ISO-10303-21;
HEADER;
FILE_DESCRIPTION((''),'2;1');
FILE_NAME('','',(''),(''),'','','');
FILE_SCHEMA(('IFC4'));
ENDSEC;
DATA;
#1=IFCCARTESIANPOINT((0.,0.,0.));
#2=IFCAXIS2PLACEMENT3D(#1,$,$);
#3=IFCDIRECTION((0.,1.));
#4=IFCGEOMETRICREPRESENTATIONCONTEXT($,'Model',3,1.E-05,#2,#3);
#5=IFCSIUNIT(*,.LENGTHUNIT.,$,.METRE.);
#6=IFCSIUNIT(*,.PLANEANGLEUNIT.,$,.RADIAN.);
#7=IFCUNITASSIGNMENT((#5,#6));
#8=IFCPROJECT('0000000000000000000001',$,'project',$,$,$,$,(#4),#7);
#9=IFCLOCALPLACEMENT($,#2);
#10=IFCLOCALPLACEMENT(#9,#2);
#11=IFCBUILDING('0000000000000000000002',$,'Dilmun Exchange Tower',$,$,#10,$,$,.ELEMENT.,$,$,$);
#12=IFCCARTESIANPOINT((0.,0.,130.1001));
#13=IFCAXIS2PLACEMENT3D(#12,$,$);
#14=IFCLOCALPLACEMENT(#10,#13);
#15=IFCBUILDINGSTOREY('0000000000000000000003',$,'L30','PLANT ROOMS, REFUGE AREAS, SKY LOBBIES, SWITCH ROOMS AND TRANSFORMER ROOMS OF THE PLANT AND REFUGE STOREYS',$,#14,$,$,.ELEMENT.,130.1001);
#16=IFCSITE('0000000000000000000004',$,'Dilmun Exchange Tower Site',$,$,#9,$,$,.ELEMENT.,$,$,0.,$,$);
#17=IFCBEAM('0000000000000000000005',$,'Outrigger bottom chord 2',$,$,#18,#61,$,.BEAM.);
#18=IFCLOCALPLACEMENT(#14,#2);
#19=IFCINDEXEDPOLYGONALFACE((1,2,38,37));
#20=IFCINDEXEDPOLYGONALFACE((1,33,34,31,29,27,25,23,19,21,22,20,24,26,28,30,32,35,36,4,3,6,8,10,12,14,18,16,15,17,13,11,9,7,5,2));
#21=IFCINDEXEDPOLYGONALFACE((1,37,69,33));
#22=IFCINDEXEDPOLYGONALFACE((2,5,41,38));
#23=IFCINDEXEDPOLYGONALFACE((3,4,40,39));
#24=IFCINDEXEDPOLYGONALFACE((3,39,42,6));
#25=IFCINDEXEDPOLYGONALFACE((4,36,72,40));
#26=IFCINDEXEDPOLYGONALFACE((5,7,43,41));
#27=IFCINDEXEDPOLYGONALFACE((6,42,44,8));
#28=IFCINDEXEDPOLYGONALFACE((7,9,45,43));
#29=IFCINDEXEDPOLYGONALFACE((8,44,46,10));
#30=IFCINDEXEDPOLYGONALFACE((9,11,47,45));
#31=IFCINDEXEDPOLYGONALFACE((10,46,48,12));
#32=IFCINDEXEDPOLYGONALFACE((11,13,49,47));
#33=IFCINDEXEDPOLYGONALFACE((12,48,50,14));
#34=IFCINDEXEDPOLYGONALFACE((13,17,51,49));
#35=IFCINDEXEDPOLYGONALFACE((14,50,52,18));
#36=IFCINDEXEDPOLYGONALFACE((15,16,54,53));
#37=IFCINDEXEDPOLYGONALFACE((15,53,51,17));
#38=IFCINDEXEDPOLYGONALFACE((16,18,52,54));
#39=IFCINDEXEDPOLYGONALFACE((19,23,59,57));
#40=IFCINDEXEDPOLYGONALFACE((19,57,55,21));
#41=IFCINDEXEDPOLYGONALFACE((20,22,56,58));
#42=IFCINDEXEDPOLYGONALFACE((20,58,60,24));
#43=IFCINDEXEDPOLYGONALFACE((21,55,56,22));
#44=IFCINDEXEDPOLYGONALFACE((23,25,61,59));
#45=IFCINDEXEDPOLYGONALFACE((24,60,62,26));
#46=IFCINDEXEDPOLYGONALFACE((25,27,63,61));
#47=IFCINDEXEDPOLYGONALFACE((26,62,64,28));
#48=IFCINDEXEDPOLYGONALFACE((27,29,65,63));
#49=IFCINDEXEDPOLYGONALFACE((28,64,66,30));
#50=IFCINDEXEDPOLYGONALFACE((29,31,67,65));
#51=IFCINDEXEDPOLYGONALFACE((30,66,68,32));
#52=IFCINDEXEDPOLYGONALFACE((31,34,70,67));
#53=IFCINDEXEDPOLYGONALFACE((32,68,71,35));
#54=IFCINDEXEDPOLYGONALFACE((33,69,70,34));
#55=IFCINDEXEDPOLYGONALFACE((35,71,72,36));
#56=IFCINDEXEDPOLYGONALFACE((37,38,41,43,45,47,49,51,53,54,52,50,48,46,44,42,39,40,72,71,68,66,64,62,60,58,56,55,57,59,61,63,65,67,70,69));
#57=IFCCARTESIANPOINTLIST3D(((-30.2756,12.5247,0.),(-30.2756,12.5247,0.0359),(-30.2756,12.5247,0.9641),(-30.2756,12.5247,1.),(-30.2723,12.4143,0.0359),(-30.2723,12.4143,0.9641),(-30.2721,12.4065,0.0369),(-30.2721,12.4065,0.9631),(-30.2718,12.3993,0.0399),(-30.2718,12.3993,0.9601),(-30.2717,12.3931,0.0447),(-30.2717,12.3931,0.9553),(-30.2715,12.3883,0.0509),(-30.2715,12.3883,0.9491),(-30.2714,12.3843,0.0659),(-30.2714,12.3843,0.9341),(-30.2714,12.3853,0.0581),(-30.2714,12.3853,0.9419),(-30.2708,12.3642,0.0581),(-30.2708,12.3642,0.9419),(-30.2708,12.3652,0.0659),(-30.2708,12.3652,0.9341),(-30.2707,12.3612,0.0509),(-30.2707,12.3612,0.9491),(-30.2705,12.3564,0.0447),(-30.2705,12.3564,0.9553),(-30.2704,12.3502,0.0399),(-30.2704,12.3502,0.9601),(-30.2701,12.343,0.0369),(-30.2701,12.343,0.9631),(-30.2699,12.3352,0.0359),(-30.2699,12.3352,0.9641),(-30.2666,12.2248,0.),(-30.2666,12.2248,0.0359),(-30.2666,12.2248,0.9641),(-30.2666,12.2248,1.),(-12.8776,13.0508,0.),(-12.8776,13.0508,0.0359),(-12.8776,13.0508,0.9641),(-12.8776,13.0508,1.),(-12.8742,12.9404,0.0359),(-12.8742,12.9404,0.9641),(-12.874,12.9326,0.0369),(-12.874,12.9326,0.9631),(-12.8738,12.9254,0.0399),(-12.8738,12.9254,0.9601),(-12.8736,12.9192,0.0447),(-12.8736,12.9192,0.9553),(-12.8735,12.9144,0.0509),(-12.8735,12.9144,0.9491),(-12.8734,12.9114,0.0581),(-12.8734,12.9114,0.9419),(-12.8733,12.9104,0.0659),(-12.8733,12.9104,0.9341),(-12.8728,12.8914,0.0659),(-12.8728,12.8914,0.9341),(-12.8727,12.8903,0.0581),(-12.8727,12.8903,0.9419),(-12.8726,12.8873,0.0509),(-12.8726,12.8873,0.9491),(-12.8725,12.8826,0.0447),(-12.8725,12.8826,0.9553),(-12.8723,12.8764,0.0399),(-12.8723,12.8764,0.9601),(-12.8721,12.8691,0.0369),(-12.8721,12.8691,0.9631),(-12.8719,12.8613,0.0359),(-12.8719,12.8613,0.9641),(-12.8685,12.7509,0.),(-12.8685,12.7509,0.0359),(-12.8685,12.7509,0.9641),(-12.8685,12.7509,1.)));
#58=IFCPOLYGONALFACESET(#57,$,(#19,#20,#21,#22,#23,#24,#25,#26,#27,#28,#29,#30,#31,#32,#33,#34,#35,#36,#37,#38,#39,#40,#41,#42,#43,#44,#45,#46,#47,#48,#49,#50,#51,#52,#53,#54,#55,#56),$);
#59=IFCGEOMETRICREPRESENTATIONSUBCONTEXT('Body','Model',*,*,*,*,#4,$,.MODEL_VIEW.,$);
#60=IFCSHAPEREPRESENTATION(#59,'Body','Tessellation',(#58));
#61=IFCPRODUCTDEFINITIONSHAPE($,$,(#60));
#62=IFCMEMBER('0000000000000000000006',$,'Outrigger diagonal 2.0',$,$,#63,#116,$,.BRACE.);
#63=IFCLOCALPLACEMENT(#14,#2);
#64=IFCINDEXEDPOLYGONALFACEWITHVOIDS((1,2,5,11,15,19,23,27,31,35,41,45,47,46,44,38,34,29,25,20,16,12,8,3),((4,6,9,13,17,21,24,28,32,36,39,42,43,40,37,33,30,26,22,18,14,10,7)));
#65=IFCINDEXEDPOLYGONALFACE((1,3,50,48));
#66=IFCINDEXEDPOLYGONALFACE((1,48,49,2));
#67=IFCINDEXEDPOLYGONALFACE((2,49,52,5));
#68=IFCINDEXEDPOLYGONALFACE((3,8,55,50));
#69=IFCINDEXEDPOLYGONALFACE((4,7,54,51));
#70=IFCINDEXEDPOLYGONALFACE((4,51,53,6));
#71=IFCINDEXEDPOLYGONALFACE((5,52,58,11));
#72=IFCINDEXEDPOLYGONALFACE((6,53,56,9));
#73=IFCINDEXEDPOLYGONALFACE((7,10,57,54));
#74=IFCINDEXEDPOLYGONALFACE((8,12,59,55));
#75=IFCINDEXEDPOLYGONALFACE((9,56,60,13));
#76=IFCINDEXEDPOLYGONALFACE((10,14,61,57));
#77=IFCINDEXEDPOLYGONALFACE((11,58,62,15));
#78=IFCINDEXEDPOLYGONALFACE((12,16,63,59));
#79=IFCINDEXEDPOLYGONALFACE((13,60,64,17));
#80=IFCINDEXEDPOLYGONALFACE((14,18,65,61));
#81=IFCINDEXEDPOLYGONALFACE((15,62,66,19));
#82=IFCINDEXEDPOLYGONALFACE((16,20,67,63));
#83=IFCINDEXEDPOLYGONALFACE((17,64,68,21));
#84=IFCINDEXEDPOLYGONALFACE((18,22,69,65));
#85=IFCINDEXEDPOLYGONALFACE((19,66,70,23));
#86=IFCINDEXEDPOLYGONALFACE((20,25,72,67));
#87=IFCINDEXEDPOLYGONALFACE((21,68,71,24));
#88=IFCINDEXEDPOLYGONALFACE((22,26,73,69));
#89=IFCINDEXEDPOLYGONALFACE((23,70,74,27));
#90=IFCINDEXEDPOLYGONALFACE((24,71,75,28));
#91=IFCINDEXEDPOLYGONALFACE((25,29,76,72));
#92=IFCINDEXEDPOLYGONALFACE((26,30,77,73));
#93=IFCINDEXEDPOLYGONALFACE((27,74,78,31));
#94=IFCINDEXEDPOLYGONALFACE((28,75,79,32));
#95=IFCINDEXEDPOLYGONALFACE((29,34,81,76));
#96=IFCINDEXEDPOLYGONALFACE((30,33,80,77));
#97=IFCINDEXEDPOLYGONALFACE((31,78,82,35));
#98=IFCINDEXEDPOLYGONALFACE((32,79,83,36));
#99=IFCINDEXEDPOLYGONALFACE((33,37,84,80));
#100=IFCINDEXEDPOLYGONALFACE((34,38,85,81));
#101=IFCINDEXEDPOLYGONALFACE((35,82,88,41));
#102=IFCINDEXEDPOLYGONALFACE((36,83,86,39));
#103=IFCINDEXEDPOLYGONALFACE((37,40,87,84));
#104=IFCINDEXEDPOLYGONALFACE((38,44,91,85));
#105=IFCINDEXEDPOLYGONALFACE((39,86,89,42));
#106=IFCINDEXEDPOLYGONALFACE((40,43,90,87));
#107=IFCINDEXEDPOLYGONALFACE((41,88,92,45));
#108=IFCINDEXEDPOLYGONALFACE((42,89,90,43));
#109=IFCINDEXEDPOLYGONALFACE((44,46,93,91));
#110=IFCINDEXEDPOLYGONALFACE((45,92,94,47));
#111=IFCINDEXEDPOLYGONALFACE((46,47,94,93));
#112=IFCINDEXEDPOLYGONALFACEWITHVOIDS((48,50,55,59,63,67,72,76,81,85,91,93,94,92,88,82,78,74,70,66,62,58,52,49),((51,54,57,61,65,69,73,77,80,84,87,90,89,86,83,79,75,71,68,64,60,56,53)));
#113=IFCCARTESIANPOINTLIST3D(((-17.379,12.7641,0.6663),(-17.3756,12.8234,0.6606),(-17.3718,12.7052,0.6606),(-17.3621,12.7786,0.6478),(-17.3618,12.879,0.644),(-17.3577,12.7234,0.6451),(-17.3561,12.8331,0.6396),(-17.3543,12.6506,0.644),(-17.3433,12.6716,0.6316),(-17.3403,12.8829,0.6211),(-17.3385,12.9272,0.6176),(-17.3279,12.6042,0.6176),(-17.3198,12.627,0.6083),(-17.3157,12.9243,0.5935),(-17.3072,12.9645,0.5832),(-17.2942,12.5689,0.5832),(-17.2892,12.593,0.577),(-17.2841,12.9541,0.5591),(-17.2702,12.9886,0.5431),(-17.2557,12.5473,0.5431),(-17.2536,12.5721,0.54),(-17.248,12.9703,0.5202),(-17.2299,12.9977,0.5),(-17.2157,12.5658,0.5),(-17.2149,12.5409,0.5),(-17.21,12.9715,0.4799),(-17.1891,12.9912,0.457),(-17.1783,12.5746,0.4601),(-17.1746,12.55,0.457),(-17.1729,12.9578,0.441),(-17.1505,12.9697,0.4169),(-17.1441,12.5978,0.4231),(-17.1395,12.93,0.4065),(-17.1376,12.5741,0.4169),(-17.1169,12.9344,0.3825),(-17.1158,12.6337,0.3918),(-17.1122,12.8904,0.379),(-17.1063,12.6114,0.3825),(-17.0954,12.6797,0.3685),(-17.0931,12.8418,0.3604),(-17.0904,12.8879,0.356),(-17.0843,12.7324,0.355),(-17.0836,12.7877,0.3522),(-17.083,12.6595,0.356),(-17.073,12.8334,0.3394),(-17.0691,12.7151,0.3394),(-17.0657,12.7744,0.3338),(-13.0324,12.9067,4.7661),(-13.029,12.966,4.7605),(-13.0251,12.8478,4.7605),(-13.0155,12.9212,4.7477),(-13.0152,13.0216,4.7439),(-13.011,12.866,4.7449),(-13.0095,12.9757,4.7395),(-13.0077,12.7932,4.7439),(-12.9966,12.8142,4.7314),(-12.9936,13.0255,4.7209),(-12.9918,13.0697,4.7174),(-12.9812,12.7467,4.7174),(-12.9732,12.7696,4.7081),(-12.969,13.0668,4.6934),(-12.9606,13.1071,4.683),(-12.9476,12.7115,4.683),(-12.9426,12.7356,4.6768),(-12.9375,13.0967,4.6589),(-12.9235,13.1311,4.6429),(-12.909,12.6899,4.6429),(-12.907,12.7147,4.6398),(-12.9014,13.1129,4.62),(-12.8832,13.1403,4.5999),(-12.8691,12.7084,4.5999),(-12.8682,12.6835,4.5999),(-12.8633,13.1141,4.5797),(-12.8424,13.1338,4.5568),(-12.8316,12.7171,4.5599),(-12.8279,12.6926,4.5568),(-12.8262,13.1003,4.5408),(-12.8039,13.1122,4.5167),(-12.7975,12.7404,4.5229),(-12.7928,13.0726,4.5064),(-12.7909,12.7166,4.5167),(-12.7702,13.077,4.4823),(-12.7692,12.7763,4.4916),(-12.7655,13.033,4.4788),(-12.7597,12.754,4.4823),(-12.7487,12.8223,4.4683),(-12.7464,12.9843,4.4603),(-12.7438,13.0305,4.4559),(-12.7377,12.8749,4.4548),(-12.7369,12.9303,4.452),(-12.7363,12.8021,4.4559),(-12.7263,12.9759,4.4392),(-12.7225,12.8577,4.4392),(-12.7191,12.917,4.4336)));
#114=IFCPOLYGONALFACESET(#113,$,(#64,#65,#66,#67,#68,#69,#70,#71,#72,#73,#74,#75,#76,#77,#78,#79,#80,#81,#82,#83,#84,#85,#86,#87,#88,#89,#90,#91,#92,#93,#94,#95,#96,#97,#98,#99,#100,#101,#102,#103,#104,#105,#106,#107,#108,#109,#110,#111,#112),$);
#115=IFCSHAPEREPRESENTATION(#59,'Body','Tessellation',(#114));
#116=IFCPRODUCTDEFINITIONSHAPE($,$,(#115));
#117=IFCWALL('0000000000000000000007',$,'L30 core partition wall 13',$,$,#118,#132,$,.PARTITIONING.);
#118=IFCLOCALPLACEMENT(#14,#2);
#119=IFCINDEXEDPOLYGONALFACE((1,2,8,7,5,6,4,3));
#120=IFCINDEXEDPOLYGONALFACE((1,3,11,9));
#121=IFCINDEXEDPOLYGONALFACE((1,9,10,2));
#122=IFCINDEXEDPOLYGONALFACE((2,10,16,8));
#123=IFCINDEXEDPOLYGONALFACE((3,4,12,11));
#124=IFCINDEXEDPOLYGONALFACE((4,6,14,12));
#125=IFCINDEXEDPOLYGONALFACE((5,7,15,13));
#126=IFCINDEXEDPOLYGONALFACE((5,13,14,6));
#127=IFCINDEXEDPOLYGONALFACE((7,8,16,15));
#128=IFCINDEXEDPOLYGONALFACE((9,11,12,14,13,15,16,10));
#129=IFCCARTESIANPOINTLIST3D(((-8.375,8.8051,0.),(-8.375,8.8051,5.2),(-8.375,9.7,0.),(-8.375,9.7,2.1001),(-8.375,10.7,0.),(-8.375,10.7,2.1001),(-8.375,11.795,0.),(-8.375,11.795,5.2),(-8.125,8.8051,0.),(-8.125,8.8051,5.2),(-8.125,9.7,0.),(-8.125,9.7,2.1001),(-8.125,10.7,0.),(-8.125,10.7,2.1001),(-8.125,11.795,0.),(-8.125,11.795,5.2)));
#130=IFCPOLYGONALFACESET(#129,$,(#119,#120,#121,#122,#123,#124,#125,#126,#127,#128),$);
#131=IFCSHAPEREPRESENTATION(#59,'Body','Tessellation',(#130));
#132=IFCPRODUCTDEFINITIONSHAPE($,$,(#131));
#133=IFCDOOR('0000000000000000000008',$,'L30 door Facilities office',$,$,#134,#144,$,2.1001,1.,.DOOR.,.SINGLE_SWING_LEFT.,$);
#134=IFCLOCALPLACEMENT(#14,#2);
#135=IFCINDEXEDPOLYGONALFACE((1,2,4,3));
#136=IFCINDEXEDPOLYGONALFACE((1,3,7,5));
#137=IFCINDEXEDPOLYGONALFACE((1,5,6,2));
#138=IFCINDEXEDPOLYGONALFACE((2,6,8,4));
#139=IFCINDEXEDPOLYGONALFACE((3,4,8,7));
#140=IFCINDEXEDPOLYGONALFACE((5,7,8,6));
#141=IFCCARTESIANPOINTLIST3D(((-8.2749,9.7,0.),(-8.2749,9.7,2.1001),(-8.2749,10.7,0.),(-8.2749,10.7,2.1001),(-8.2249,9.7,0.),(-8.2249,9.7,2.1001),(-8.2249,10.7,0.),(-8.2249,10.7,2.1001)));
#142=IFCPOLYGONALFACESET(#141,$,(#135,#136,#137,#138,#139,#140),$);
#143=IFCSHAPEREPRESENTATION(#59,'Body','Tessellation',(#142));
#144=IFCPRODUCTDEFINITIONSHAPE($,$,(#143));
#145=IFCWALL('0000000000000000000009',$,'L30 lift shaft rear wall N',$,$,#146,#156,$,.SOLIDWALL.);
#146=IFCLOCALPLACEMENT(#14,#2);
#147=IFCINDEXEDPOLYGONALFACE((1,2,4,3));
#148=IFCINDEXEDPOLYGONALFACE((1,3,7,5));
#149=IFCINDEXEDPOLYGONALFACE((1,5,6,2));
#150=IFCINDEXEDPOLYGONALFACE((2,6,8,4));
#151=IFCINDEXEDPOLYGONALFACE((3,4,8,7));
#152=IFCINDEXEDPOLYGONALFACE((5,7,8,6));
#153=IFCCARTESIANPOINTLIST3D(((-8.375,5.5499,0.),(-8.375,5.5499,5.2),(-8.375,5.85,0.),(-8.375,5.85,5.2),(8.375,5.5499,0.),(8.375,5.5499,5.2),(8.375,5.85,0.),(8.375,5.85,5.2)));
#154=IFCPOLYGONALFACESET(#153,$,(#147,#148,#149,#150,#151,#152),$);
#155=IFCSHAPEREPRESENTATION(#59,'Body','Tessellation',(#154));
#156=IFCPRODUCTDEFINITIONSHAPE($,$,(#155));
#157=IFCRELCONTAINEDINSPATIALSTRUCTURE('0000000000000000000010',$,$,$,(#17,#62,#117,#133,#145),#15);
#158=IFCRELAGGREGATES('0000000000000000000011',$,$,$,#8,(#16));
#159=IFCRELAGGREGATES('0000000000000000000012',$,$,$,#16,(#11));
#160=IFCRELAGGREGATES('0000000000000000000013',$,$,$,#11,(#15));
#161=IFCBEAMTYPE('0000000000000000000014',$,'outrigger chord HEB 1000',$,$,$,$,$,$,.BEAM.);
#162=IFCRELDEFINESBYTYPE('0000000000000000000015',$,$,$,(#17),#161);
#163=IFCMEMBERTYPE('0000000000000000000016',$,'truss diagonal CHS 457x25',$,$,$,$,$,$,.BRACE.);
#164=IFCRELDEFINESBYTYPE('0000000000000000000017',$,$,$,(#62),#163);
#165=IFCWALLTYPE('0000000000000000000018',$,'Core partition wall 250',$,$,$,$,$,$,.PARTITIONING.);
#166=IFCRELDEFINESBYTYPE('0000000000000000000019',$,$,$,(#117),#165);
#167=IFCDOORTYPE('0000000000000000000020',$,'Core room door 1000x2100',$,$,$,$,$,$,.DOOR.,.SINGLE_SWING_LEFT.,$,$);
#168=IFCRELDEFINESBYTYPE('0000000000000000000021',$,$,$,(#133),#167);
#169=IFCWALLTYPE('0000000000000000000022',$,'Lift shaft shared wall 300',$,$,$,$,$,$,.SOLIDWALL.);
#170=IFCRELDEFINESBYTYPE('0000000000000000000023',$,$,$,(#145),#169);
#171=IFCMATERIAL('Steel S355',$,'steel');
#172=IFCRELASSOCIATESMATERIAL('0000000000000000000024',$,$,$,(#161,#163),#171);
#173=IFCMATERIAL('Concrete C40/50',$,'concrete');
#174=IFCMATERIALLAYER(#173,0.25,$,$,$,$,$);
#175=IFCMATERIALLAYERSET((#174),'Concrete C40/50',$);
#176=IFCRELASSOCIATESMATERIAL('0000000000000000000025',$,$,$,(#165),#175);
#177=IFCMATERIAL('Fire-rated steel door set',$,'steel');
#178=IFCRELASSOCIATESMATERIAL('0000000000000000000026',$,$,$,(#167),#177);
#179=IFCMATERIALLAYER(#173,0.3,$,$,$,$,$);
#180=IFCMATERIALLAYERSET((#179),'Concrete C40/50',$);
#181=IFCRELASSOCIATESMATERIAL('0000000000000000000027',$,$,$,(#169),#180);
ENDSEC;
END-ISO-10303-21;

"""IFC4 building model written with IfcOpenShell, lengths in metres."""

from ifc_helpers import new_model, si_unit, direction, frame, frame_2d, origin, origin_2d, place, context, subcontext, project, spatial, rectangle, hollow_circle, i_section, extrude, material, layer, layer_set, material_profile, profile_set, type_object, element, fill, save


model = new_model("IFC4")

# Units and contexts
model_context = context("Model", 3, precision=1e-05, world=origin(), true_north=direction((0.0, 1.0)))
body_context = subcontext(model_context, "Body", "Model", "MODEL_VIEW")
ifc_project = project(units=[si_unit("LENGTHUNIT", "METRE"), si_unit("PLANEANGLEUNIT", "RADIAN")], contexts=[model_context])

# Site, building, storey
site_placement = place(None, origin())
site = spatial("IfcSite", under=ifc_project, at=site_placement, Name="Dilmun Exchange Tower Site", CompositionType="ELEMENT", RefElevation=0.0)
building_placement = place(site_placement, origin())
building = spatial("IfcBuilding", under=site, at=building_placement, Name="Dilmun Exchange Tower", CompositionType="ELEMENT")
storey_placement = place(building_placement, frame((0.0, 0.0, 130.1001)))
storey = spatial("IfcBuildingStorey", under=building, at=storey_placement, Name="L30", Description="PLANT ROOMS, REFUGE AREAS, SKY LOBBIES, SWITCH ROOMS AND TRANSFORMER ROOMS OF THE PLANT AND REFUGE STOREYS", CompositionType="ELEMENT", Elevation=130.1001)

# Beam
ifc_material_1 = material(Name="Steel S355", Category="steel")
ifc_material_profile_1 = material_profile(ifc_material_1, i_section(OverallWidth=0.3, OverallDepth=1.0, WebThickness=0.019, FlangeThickness=0.0359, FilletRadius=0.03, at=origin_2d()), Name="HEB 1000")
ifc_profile_set_1 = profile_set([ifc_material_profile_1], Name="Steel S355")
beam_type = type_object("IfcBeamType", Name="outrigger chord HEB 1000", PredefinedType="BEAM", material=ifc_profile_set_1)
beam_placement = place(storey_placement, frame((-12.873, 12.9009, 0.5), z_axis=(-0.999543, -0.030227, 0.0), x_axis=(0.030227, -0.999543, 0.0)))
element("IfcBeam", 1, at=beam_placement, inside=storey, type_object=beam_type, Name="Outrigger bottom chord 2", PredefinedType="BEAM", context=body_context, shape_type="SweptSolid", body=[
    extrude(i_section(OverallWidth=0.3, OverallDepth=1.0, WebThickness=0.019, FlangeThickness=0.0359, FilletRadius=0.03, at=origin_2d()), origin(), (0.0, 0.0, 1.0), 17.406),
])

# Member
ifc_material_profile_2 = material_profile(ifc_material_1, hollow_circle(Radius=0.2285, WallThickness=0.0249, at=origin_2d()), Name="CHS 457x25")
ifc_profile_set_2 = profile_set([ifc_material_profile_2], Name="Steel S355")
member_type = type_object("IfcMemberType", Name="truss diagonal CHS 457x25", PredefinedType="BRACE", material=ifc_profile_set_2)
member_placement = place(storey_placement, frame((-12.8757, 12.9119, 4.5999), z_axis=(-0.727252, -0.023855, -0.685955), x_axis=(0.032784, -0.999462, 0.0)))
element("IfcMember", 2, at=member_placement, inside=storey, type_object=member_type, Name="Outrigger diagonal 2.0", PredefinedType="BRACE", context=body_context, shape_type="SweptSolid", body=[
    extrude(hollow_circle(Radius=0.2285, WallThickness=0.0249, at=origin_2d()), origin(), (0.0, 0.0, 1.0), 5.9768),
])

# Wall, opening, door
ifc_material_2 = material(Name="Concrete C40/50", Category="concrete")
ifc_layer_1 = layer(ifc_material_2, 0.25)
ifc_layer_set_1 = layer_set([ifc_layer_1], Name="Concrete C40/50")
wall_type_1 = type_object("IfcWallType", Name="Core partition wall 250", PredefinedType="PARTITIONING", material=ifc_layer_set_1)
wall_1_placement = place(storey_placement, frame((-8.25, 8.8049, 0.0), z_axis=(0.0, 0.0, 1.0), x_axis=(0.0, 1.0, 0.0)))
wall_1 = element("IfcWall", 3, at=wall_1_placement, inside=storey, type_object=wall_type_1, Name="L30 core partition wall 13", PredefinedType="PARTITIONING", context=body_context, shape_type="SweptSolid", body=[
    extrude(rectangle(XDim=2.99, YDim=0.25, at=frame_2d((1.4951, 0.0))), origin(), (0.0, 0.0, 1.0), 5.2),
])
opening_1_placement = place(wall_1_placement, frame((0.895, 0.0, 0.0)))
opening_1 = element("IfcOpeningElement", 4, at=opening_1_placement, cuts=wall_1, PredefinedType="OPENING", context=body_context, shape_type="SweptSolid", body=[
    extrude(rectangle(XDim=1.0, YDim=2.1001, at=frame_2d((0.5, 1.05))), frame((0.0, 0.135, 0.0), z_axis=(0.0, -1.0, 0.0), x_axis=(1.0, 0.0, 0.0)), (0.0, 0.0, 1.0), 0.27),
])
ifc_material_3 = material(Name="Fire-rated steel door set", Category="steel")
door_type_1 = type_object("IfcDoorType", Name="Core room door 1000x2100", OperationType="SINGLE_SWING_LEFT", PredefinedType="DOOR", material=ifc_material_3)
door_1_placement = place(opening_1_placement, origin())
door_1 = element("IfcDoor", 5, at=door_1_placement, inside=storey, type_object=door_type_1, Name="L30 door Facilities office", OperationType="SINGLE_SWING_LEFT", OverallHeight=2.1001, OverallWidth=1.0, PredefinedType="DOOR", context=body_context, shape_type="SweptSolid", body=[
    extrude(rectangle(XDim=1.0, YDim=2.1001, at=frame_2d((0.5, 1.05))), frame((0.0, 0.0249, 0.0), z_axis=(0.0, -1.0, 0.0), x_axis=(1.0, 0.0, 0.0)), (0.0, 0.0, 1.0), 0.05),
])
fill(opening_1, door_1)

# Wall
ifc_layer_2 = layer(ifc_material_2, 0.3)
ifc_layer_set_2 = layer_set([ifc_layer_2], Name="Concrete C40/50")
wall_type_2 = type_object("IfcWallType", Name="Lift shaft shared wall 300", PredefinedType="SOLIDWALL", material=ifc_layer_set_2)
wall_2_placement = place(storey_placement, frame((-8.375, 5.7, 0.0), z_axis=(0.0, 0.0, 1.0), x_axis=(1.0, 0.0, 0.0)))
element("IfcWall", 6, at=wall_2_placement, inside=storey, type_object=wall_type_2, Name="L30 lift shaft rear wall N", PredefinedType="SOLIDWALL", context=body_context, shape_type="SweptSolid", body=[
    extrude(rectangle(XDim=16.75, YDim=0.3, at=frame_2d((8.375, 0.0))), origin(), (0.0, 0.0, 1.0), 5.2),
])

save(model, "model.ifc")
